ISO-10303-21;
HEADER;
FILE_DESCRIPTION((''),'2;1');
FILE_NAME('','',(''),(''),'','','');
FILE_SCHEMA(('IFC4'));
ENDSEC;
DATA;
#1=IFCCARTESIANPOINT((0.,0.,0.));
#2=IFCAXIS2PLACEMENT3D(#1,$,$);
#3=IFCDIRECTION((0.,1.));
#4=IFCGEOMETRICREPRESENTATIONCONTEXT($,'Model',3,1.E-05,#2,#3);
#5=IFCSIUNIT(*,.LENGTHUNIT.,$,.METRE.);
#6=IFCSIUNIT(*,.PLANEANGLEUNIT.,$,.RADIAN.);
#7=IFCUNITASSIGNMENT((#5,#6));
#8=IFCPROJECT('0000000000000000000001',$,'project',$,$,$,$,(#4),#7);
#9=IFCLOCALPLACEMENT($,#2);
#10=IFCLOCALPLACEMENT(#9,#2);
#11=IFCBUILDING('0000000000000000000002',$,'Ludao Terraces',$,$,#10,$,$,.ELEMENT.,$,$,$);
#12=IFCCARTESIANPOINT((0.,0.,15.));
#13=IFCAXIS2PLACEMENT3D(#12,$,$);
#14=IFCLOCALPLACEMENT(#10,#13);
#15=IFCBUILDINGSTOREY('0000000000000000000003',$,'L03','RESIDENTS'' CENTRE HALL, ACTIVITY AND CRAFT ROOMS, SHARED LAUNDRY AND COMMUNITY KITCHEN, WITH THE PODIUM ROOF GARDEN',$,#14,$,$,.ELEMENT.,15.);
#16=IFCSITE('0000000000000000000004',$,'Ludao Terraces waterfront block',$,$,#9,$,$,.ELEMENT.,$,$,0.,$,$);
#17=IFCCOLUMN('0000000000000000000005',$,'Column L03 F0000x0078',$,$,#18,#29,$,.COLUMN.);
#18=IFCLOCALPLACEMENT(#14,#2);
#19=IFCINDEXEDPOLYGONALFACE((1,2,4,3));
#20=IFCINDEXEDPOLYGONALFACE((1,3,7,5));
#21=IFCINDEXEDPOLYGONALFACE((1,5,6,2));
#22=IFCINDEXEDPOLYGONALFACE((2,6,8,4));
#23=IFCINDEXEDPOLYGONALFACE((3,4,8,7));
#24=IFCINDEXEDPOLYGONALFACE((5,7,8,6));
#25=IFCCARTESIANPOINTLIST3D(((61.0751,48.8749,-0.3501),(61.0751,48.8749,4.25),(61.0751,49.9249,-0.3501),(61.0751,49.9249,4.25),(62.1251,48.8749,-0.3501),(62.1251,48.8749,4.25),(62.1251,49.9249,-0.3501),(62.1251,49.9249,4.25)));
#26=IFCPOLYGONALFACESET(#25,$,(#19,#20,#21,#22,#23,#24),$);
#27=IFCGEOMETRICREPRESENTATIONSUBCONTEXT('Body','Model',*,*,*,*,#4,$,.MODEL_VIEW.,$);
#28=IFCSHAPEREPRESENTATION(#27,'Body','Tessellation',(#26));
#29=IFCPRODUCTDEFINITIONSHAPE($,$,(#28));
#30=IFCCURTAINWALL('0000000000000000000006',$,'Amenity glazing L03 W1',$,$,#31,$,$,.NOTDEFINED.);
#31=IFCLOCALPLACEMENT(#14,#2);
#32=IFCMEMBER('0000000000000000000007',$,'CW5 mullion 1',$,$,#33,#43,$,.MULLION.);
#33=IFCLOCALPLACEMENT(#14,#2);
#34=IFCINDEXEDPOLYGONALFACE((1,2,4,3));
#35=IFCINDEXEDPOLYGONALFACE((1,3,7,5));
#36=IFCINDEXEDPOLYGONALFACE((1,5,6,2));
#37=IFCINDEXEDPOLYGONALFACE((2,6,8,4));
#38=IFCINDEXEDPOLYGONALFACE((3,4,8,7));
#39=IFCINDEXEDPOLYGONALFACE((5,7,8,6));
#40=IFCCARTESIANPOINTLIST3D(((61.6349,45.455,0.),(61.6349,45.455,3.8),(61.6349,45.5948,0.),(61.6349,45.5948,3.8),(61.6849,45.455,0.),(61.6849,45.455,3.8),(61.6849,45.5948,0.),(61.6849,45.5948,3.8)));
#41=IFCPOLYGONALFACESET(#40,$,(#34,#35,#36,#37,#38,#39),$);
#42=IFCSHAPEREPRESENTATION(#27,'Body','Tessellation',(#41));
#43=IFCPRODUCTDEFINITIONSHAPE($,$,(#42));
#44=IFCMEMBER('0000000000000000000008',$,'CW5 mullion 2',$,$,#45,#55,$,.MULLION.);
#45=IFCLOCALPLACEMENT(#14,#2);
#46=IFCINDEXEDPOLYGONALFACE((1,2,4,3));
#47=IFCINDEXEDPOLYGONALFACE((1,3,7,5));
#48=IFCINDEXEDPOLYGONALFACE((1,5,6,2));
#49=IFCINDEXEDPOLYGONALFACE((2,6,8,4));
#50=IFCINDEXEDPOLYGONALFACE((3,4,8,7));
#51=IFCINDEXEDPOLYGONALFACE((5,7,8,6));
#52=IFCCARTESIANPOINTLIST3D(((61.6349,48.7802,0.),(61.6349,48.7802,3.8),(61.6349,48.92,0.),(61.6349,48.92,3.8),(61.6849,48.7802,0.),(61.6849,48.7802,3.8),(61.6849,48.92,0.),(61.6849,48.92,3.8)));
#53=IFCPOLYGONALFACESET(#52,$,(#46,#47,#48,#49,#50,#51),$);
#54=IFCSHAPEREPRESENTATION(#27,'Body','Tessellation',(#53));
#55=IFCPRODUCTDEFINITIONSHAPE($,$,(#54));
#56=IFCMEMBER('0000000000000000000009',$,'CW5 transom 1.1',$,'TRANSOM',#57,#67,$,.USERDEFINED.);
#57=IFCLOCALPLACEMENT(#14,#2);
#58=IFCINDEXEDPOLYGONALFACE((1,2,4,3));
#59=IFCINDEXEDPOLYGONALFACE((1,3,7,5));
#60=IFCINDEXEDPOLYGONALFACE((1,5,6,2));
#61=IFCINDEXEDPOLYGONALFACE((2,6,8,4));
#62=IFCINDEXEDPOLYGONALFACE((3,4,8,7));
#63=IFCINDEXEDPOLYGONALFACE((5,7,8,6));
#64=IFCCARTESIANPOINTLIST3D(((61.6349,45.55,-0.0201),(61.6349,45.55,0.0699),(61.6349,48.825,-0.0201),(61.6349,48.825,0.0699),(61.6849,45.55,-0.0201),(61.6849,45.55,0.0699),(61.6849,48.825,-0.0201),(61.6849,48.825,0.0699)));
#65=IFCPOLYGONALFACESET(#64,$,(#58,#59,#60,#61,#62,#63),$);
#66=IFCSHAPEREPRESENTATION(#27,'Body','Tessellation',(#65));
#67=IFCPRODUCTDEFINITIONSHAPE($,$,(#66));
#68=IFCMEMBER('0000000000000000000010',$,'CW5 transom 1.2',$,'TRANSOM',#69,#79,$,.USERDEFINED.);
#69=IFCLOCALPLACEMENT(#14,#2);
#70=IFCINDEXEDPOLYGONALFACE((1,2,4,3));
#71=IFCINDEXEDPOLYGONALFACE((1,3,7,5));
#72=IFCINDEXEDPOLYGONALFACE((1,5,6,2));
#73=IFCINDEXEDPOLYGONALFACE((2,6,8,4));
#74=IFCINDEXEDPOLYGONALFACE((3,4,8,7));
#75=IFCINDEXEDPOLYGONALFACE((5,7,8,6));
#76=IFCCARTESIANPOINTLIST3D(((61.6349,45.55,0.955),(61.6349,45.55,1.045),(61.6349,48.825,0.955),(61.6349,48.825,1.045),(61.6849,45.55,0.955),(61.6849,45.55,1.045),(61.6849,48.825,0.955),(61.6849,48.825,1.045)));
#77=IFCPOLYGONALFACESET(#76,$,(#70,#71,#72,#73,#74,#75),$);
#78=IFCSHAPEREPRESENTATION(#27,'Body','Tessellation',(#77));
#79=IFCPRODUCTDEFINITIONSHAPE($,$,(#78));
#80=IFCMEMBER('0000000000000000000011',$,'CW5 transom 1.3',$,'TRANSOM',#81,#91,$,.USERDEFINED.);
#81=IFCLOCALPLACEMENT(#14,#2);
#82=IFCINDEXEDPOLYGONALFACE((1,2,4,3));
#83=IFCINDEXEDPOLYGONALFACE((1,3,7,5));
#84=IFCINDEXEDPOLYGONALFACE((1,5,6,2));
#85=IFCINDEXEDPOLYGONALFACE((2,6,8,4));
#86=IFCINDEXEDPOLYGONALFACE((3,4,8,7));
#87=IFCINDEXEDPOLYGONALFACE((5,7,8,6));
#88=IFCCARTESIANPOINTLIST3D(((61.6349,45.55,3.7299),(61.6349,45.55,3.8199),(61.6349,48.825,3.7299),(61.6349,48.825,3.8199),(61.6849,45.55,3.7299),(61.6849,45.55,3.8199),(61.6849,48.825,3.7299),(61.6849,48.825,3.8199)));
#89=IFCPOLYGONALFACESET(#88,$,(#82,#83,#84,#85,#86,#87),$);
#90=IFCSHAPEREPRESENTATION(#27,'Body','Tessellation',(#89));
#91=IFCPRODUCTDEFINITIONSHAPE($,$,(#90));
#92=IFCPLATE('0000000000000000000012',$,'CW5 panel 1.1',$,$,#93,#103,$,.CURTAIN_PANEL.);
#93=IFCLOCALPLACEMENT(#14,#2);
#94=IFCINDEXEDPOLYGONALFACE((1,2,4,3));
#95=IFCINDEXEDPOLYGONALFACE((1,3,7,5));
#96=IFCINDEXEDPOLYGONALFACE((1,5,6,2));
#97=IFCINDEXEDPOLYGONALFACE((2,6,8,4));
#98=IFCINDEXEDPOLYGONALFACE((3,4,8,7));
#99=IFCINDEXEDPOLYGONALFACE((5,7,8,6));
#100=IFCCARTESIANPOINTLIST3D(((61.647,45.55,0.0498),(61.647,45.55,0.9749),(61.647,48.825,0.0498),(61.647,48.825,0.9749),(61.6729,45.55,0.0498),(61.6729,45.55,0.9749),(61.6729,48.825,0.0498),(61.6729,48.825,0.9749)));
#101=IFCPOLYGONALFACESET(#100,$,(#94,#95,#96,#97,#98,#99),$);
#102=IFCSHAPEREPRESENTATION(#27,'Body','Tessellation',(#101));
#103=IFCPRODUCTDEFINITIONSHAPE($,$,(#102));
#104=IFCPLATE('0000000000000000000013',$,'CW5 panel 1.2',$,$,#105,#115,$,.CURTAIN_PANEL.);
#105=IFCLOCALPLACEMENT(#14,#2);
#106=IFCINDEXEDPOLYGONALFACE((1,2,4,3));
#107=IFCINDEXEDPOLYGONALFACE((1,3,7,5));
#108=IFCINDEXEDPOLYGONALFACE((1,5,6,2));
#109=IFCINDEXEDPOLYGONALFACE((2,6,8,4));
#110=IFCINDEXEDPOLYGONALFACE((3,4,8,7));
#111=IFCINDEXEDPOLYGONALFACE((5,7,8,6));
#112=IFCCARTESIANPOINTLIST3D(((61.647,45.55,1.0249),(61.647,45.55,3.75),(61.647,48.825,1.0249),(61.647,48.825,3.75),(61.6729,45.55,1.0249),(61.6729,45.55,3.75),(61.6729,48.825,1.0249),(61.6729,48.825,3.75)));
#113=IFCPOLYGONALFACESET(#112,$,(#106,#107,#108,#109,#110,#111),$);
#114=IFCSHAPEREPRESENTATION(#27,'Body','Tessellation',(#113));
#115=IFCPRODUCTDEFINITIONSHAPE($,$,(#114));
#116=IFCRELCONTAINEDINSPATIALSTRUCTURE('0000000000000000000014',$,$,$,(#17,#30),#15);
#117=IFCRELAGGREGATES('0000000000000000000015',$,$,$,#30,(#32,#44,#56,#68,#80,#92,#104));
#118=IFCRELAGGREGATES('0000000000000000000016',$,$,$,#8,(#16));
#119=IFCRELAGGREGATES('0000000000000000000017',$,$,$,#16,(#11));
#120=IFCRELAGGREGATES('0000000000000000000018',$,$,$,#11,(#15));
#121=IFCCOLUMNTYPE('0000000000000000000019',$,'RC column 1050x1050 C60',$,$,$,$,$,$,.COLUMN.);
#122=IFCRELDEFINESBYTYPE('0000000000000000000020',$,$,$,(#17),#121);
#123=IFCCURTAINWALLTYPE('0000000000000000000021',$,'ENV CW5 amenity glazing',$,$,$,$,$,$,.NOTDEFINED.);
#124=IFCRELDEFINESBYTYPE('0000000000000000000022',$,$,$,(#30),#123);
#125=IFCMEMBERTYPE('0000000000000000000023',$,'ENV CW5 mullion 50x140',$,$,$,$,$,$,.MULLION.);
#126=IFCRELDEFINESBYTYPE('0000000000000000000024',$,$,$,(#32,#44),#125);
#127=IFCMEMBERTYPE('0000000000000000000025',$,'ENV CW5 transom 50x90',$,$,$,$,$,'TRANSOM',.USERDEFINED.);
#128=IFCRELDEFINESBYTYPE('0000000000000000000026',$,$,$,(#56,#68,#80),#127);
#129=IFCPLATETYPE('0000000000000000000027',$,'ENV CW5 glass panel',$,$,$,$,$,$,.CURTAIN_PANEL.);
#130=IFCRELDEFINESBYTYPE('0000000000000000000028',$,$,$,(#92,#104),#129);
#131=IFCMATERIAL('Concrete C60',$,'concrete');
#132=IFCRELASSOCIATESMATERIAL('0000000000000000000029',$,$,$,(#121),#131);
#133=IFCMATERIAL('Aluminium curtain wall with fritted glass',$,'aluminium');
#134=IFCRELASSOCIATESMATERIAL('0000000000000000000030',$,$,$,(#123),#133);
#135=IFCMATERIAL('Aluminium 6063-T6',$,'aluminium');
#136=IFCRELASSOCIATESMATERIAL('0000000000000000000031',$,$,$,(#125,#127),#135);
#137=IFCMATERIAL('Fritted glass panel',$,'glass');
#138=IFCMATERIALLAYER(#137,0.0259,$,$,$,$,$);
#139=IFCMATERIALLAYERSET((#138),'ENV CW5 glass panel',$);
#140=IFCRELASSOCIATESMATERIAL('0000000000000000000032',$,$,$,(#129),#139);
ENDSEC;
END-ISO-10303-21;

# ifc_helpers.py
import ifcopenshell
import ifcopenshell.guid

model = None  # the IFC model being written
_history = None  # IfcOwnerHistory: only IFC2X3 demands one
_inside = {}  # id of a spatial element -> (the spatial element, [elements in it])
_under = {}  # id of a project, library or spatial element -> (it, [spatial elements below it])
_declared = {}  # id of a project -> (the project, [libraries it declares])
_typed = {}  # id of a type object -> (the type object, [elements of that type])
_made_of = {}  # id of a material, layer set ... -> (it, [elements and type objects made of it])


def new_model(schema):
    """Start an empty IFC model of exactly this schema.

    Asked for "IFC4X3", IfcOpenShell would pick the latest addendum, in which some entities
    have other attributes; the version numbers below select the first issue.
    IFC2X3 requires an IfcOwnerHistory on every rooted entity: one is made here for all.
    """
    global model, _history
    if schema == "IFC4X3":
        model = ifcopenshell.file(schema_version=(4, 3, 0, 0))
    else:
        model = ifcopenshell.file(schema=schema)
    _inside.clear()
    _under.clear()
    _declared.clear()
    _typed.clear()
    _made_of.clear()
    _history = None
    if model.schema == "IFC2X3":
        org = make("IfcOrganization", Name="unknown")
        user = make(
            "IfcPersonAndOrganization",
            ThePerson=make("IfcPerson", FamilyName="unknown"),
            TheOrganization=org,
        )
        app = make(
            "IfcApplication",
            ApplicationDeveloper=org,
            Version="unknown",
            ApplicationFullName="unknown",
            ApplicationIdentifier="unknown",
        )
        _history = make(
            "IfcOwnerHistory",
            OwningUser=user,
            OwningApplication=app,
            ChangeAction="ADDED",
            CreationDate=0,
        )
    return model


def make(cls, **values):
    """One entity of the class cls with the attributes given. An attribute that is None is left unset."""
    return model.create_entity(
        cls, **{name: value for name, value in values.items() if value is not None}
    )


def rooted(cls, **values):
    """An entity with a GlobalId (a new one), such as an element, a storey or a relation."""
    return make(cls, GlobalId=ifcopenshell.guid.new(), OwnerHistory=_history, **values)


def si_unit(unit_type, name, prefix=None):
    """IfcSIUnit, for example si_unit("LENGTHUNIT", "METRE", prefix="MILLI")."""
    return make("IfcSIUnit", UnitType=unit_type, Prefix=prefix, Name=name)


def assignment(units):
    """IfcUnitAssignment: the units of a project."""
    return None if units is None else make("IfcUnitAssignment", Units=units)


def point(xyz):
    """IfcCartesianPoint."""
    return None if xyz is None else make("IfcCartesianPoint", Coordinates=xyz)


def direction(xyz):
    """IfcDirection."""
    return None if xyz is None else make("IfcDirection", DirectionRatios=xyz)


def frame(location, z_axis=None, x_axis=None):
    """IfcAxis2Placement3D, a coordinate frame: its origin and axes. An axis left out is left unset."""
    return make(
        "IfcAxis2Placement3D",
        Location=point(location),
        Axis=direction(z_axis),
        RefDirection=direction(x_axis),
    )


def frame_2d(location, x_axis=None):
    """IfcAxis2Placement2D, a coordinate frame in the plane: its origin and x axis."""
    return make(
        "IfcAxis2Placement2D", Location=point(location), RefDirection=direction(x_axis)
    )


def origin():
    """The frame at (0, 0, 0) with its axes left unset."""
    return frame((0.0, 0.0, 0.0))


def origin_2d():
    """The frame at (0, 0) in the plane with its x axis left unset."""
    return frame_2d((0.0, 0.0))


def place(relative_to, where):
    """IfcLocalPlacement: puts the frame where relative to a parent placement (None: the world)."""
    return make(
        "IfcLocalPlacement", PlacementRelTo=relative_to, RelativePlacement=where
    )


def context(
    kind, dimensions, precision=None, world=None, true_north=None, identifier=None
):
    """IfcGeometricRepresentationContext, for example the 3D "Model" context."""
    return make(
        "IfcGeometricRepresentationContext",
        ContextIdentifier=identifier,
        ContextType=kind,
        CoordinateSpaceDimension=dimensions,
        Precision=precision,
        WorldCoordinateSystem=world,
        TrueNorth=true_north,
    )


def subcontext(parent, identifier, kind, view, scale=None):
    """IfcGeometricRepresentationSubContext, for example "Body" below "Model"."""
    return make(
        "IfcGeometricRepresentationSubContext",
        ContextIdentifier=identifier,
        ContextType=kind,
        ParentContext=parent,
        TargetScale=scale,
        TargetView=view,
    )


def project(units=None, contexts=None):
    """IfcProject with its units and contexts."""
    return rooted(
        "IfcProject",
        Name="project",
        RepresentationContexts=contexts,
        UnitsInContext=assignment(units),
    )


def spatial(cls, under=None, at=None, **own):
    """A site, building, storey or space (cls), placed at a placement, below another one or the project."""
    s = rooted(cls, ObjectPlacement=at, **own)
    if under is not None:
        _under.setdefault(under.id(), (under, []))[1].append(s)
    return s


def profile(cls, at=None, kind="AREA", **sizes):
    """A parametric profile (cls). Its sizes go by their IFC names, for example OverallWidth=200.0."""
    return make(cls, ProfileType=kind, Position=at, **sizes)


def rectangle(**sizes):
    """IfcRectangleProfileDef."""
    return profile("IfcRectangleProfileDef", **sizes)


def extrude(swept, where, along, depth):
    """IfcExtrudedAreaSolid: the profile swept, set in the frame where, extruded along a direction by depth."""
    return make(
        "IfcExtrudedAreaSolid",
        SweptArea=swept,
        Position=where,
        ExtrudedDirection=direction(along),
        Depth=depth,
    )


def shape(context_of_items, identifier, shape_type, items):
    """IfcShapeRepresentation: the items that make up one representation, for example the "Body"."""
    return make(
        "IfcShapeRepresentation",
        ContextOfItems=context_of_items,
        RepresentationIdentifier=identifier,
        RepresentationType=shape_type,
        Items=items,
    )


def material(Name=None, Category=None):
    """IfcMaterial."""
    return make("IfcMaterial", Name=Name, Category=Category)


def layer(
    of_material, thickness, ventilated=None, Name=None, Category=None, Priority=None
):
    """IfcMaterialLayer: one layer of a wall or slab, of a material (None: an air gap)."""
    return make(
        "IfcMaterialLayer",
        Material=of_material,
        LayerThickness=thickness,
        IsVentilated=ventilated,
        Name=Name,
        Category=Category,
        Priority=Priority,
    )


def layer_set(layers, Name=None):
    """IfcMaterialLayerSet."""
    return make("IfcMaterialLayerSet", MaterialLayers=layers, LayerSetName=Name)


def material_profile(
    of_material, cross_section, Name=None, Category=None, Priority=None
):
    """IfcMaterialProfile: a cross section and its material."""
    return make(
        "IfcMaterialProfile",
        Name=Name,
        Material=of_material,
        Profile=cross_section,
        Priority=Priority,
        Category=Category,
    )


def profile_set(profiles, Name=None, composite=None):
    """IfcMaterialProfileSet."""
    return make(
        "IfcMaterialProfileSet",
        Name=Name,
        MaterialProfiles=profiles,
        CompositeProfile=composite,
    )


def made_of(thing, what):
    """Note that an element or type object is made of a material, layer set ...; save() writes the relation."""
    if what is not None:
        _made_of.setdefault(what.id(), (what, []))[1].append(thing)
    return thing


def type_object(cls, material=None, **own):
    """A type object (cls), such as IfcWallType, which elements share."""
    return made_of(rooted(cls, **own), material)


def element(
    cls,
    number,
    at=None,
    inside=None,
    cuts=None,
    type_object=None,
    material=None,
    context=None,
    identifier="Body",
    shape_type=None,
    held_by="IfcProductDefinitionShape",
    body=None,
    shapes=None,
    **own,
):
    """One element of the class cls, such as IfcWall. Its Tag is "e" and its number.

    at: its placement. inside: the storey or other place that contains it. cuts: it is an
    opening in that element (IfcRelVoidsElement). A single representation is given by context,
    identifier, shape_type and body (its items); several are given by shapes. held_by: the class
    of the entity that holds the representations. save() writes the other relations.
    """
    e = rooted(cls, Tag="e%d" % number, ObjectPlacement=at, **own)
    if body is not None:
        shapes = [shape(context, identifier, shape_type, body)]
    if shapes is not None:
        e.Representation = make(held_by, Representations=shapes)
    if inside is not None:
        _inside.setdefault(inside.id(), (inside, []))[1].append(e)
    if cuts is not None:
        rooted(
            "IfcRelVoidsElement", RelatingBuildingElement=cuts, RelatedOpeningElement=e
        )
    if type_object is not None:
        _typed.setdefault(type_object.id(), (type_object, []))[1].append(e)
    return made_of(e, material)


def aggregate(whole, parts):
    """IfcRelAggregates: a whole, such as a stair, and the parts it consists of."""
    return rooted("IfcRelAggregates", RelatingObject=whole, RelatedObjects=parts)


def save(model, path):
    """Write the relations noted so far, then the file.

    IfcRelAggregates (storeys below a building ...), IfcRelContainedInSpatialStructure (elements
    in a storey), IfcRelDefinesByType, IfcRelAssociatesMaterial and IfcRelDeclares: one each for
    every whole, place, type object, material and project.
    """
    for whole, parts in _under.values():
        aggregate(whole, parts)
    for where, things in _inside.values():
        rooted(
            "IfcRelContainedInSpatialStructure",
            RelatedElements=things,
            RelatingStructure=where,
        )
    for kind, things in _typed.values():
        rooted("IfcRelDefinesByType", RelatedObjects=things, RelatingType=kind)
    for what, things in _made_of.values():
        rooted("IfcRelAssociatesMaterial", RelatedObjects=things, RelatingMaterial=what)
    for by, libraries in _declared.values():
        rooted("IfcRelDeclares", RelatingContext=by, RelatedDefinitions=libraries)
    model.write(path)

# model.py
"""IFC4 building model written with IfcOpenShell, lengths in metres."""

from ifc_helpers import new_model, si_unit, direction, frame, origin, origin_2d, place, context, subcontext, project, spatial, rectangle, extrude, material, layer, layer_set, material_profile, profile_set, type_object, element, aggregate, save


model = new_model("IFC4")

# Units and contexts
model_context = context("Model", 3, precision=1e-05, world=origin(), true_north=direction((0.0, 1.0)))
body_context = subcontext(model_context, "Body", "Model", "MODEL_VIEW")
ifc_project = project(units=[si_unit("LENGTHUNIT", "METRE"), si_unit("PLANEANGLEUNIT", "RADIAN")], contexts=[model_context])

# Site, building, storey
site_placement = place(None, origin())
site = spatial("IfcSite", under=ifc_project, at=site_placement, Name="Ludao Terraces waterfront block", CompositionType="ELEMENT", RefElevation=0.0)
building_placement = place(site_placement, origin())
building = spatial("IfcBuilding", under=site, at=building_placement, Name="Ludao Terraces", CompositionType="ELEMENT")
storey_placement = place(building_placement, frame((0.0, 0.0, 15.0)))
storey = spatial("IfcBuildingStorey", under=building, at=storey_placement, Name="L03", Description="RESIDENTS' CENTRE HALL, ACTIVITY AND CRAFT ROOMS, SHARED LAUNDRY AND COMMUNITY KITCHEN, WITH THE PODIUM ROOF GARDEN", CompositionType="ELEMENT", Elevation=15.0)

# Column
ifc_material_1 = material(Name="Concrete C60", Category="concrete")
ifc_material_profile_1 = material_profile(ifc_material_1, rectangle(XDim=1.05, YDim=1.05, at=origin_2d()), Name="1050 X 1050")
ifc_profile_set_1 = profile_set([ifc_material_profile_1], Name="Concrete C60")
column_type = type_object("IfcColumnType", Name="RC column 1050x1050 C60", PredefinedType="COLUMN", material=ifc_profile_set_1)
column_placement = place(storey_placement, frame((61.6001, 49.3999, -0.3501), z_axis=(0.0, 0.0, 1.0), x_axis=(1.0, 0.0, 0.0)))
element("IfcColumn", 1, at=column_placement, inside=storey, type_object=column_type, Name="Column L03 F0000x0078", PredefinedType="COLUMN", context=body_context, shape_type="SweptSolid", body=[
    extrude(rectangle(XDim=1.05, YDim=1.05, at=origin_2d()), origin(), (0.0, 0.0, 1.0), 4.6001),
])

# Curtain wall, members, plates
ifc_material_2 = material(Name="Aluminium curtain wall with fritted glass", Category="aluminium")
curtain_wall_type = type_object("IfcCurtainWallType", Name="ENV CW5 amenity glazing", PredefinedType="NOTDEFINED", material=ifc_material_2)
curtain_wall_placement = place(storey_placement, origin())
curtain_wall = element("IfcCurtainWall", 2, at=curtain_wall_placement, inside=storey, type_object=curtain_wall_type, Name="Amenity glazing L03 W1", PredefinedType="NOTDEFINED")
ifc_material_3 = material(Name="Aluminium 6063-T6", Category="aluminium")
ifc_material_profile_2 = material_profile(ifc_material_3, rectangle(XDim=0.05, YDim=0.1399, at=origin_2d()), Name="50 X 140")
ifc_profile_set_2 = profile_set([ifc_material_profile_2], Name="Aluminium 6063-T6")
member_type_1 = type_object("IfcMemberType", Name="ENV CW5 mullion 50x140", PredefinedType="MULLION", material=ifc_profile_set_2)
member_1_placement = place(storey_placement, frame((61.6599, 45.5249, 0.0), z_axis=(0.0, 0.0, 1.0), x_axis=(-1.0, 0.0, 0.0)))
member_1 = element("IfcMember", 3, at=member_1_placement, type_object=member_type_1, Name="CW5 mullion 1", PredefinedType="MULLION", context=body_context, shape_type="SweptSolid", body=[
    extrude(rectangle(XDim=0.05, YDim=0.1399, at=origin_2d()), origin(), (0.0, 0.0, 1.0), 3.8),
])
member_2_placement = place(storey_placement, frame((61.6599, 48.8501, 0.0), z_axis=(0.0, 0.0, 1.0), x_axis=(-1.0, 0.0, 0.0)))
member_2 = element("IfcMember", 4, at=member_2_placement, type_object=member_type_1, Name="CW5 mullion 2", PredefinedType="MULLION", context=body_context, shape_type="SweptSolid", body=[
    extrude(rectangle(XDim=0.05, YDim=0.1399, at=origin_2d()), origin(), (0.0, 0.0, 1.0), 3.8),
])
ifc_material_profile_3 = material_profile(ifc_material_3, rectangle(XDim=0.05, YDim=0.0901, at=origin_2d()), Name="50 X 90")
ifc_profile_set_3 = profile_set([ifc_material_profile_3], Name="Aluminium 6063-T6")
member_type_2 = type_object("IfcMemberType", Name="ENV CW5 transom 50x90", ElementType="TRANSOM", PredefinedType="USERDEFINED", material=ifc_profile_set_3)
member_3_placement = place(storey_placement, frame((61.6599, 45.55, 0.0249), z_axis=(0.0, 1.0, 0.0), x_axis=(-1.0, 0.0, 0.0)))
member_3 = element("IfcMember", 5, at=member_3_placement, type_object=member_type_2, Name="CW5 transom 1.1", ObjectType="TRANSOM", PredefinedType="USERDEFINED", context=body_context, shape_type="SweptSolid", body=[
    extrude(rectangle(XDim=0.05, YDim=0.0901, at=origin_2d()), origin(), (0.0, 0.0, 1.0), 3.2749),
])
member_4_placement = place(storey_placement, frame((61.6599, 45.55, 1.0), z_axis=(0.0, 1.0, 0.0), x_axis=(-1.0, 0.0, 0.0)))
member_4 = element("IfcMember", 6, at=member_4_placement, type_object=member_type_2, Name="CW5 transom 1.2", ObjectType="TRANSOM", PredefinedType="USERDEFINED", context=body_context, shape_type="SweptSolid", body=[
    extrude(rectangle(XDim=0.05, YDim=0.0901, at=origin_2d()), origin(), (0.0, 0.0, 1.0), 3.2749),
])
member_5_placement = place(storey_placement, frame((61.6599, 45.55, 3.7749), z_axis=(0.0, 1.0, 0.0), x_axis=(-1.0, 0.0, 0.0)))
member_5 = element("IfcMember", 7, at=member_5_placement, type_object=member_type_2, Name="CW5 transom 1.3", ObjectType="TRANSOM", PredefinedType="USERDEFINED", context=body_context, shape_type="SweptSolid", body=[
    extrude(rectangle(XDim=0.05, YDim=0.0901, at=origin_2d()), origin(), (0.0, 0.0, 1.0), 3.2749),
])
ifc_material_4 = material(Name="Fritted glass panel", Category="glass")
ifc_layer_1 = layer(ifc_material_4, 0.0259)
ifc_layer_set_1 = layer_set([ifc_layer_1], Name="ENV CW5 glass panel")
plate_type = type_object("IfcPlateType", Name="ENV CW5 glass panel", PredefinedType="CURTAIN_PANEL", material=ifc_layer_set_1)
plate_1_placement = place(storey_placement, frame((61.6599, 47.1875, 0.0498), z_axis=(0.0, 0.0, 1.0), x_axis=(0.0, 1.0, 0.0)))
plate_1 = element("IfcPlate", 8, at=plate_1_placement, type_object=plate_type, Name="CW5 panel 1.1", PredefinedType="CURTAIN_PANEL", context=body_context, shape_type="SweptSolid", body=[
    extrude(rectangle(XDim=3.2749, YDim=0.0259, at=origin_2d()), origin(), (0.0, 0.0, 1.0), 0.925),
])
plate_2_placement = place(storey_placement, frame((61.6599, 47.1875, 1.0249), z_axis=(0.0, 0.0, 1.0), x_axis=(0.0, 1.0, 0.0)))
plate_2 = element("IfcPlate", 9, at=plate_2_placement, type_object=plate_type, Name="CW5 panel 1.2", PredefinedType="CURTAIN_PANEL", context=body_context, shape_type="SweptSolid", body=[
    extrude(rectangle(XDim=3.2749, YDim=0.0259, at=origin_2d()), origin(), (0.0, 0.0, 1.0), 2.7251),
])
aggregate(curtain_wall, [member_1, member_2, member_3, member_4, member_5, plate_1, plate_2])

save(model, "model.ifc")
